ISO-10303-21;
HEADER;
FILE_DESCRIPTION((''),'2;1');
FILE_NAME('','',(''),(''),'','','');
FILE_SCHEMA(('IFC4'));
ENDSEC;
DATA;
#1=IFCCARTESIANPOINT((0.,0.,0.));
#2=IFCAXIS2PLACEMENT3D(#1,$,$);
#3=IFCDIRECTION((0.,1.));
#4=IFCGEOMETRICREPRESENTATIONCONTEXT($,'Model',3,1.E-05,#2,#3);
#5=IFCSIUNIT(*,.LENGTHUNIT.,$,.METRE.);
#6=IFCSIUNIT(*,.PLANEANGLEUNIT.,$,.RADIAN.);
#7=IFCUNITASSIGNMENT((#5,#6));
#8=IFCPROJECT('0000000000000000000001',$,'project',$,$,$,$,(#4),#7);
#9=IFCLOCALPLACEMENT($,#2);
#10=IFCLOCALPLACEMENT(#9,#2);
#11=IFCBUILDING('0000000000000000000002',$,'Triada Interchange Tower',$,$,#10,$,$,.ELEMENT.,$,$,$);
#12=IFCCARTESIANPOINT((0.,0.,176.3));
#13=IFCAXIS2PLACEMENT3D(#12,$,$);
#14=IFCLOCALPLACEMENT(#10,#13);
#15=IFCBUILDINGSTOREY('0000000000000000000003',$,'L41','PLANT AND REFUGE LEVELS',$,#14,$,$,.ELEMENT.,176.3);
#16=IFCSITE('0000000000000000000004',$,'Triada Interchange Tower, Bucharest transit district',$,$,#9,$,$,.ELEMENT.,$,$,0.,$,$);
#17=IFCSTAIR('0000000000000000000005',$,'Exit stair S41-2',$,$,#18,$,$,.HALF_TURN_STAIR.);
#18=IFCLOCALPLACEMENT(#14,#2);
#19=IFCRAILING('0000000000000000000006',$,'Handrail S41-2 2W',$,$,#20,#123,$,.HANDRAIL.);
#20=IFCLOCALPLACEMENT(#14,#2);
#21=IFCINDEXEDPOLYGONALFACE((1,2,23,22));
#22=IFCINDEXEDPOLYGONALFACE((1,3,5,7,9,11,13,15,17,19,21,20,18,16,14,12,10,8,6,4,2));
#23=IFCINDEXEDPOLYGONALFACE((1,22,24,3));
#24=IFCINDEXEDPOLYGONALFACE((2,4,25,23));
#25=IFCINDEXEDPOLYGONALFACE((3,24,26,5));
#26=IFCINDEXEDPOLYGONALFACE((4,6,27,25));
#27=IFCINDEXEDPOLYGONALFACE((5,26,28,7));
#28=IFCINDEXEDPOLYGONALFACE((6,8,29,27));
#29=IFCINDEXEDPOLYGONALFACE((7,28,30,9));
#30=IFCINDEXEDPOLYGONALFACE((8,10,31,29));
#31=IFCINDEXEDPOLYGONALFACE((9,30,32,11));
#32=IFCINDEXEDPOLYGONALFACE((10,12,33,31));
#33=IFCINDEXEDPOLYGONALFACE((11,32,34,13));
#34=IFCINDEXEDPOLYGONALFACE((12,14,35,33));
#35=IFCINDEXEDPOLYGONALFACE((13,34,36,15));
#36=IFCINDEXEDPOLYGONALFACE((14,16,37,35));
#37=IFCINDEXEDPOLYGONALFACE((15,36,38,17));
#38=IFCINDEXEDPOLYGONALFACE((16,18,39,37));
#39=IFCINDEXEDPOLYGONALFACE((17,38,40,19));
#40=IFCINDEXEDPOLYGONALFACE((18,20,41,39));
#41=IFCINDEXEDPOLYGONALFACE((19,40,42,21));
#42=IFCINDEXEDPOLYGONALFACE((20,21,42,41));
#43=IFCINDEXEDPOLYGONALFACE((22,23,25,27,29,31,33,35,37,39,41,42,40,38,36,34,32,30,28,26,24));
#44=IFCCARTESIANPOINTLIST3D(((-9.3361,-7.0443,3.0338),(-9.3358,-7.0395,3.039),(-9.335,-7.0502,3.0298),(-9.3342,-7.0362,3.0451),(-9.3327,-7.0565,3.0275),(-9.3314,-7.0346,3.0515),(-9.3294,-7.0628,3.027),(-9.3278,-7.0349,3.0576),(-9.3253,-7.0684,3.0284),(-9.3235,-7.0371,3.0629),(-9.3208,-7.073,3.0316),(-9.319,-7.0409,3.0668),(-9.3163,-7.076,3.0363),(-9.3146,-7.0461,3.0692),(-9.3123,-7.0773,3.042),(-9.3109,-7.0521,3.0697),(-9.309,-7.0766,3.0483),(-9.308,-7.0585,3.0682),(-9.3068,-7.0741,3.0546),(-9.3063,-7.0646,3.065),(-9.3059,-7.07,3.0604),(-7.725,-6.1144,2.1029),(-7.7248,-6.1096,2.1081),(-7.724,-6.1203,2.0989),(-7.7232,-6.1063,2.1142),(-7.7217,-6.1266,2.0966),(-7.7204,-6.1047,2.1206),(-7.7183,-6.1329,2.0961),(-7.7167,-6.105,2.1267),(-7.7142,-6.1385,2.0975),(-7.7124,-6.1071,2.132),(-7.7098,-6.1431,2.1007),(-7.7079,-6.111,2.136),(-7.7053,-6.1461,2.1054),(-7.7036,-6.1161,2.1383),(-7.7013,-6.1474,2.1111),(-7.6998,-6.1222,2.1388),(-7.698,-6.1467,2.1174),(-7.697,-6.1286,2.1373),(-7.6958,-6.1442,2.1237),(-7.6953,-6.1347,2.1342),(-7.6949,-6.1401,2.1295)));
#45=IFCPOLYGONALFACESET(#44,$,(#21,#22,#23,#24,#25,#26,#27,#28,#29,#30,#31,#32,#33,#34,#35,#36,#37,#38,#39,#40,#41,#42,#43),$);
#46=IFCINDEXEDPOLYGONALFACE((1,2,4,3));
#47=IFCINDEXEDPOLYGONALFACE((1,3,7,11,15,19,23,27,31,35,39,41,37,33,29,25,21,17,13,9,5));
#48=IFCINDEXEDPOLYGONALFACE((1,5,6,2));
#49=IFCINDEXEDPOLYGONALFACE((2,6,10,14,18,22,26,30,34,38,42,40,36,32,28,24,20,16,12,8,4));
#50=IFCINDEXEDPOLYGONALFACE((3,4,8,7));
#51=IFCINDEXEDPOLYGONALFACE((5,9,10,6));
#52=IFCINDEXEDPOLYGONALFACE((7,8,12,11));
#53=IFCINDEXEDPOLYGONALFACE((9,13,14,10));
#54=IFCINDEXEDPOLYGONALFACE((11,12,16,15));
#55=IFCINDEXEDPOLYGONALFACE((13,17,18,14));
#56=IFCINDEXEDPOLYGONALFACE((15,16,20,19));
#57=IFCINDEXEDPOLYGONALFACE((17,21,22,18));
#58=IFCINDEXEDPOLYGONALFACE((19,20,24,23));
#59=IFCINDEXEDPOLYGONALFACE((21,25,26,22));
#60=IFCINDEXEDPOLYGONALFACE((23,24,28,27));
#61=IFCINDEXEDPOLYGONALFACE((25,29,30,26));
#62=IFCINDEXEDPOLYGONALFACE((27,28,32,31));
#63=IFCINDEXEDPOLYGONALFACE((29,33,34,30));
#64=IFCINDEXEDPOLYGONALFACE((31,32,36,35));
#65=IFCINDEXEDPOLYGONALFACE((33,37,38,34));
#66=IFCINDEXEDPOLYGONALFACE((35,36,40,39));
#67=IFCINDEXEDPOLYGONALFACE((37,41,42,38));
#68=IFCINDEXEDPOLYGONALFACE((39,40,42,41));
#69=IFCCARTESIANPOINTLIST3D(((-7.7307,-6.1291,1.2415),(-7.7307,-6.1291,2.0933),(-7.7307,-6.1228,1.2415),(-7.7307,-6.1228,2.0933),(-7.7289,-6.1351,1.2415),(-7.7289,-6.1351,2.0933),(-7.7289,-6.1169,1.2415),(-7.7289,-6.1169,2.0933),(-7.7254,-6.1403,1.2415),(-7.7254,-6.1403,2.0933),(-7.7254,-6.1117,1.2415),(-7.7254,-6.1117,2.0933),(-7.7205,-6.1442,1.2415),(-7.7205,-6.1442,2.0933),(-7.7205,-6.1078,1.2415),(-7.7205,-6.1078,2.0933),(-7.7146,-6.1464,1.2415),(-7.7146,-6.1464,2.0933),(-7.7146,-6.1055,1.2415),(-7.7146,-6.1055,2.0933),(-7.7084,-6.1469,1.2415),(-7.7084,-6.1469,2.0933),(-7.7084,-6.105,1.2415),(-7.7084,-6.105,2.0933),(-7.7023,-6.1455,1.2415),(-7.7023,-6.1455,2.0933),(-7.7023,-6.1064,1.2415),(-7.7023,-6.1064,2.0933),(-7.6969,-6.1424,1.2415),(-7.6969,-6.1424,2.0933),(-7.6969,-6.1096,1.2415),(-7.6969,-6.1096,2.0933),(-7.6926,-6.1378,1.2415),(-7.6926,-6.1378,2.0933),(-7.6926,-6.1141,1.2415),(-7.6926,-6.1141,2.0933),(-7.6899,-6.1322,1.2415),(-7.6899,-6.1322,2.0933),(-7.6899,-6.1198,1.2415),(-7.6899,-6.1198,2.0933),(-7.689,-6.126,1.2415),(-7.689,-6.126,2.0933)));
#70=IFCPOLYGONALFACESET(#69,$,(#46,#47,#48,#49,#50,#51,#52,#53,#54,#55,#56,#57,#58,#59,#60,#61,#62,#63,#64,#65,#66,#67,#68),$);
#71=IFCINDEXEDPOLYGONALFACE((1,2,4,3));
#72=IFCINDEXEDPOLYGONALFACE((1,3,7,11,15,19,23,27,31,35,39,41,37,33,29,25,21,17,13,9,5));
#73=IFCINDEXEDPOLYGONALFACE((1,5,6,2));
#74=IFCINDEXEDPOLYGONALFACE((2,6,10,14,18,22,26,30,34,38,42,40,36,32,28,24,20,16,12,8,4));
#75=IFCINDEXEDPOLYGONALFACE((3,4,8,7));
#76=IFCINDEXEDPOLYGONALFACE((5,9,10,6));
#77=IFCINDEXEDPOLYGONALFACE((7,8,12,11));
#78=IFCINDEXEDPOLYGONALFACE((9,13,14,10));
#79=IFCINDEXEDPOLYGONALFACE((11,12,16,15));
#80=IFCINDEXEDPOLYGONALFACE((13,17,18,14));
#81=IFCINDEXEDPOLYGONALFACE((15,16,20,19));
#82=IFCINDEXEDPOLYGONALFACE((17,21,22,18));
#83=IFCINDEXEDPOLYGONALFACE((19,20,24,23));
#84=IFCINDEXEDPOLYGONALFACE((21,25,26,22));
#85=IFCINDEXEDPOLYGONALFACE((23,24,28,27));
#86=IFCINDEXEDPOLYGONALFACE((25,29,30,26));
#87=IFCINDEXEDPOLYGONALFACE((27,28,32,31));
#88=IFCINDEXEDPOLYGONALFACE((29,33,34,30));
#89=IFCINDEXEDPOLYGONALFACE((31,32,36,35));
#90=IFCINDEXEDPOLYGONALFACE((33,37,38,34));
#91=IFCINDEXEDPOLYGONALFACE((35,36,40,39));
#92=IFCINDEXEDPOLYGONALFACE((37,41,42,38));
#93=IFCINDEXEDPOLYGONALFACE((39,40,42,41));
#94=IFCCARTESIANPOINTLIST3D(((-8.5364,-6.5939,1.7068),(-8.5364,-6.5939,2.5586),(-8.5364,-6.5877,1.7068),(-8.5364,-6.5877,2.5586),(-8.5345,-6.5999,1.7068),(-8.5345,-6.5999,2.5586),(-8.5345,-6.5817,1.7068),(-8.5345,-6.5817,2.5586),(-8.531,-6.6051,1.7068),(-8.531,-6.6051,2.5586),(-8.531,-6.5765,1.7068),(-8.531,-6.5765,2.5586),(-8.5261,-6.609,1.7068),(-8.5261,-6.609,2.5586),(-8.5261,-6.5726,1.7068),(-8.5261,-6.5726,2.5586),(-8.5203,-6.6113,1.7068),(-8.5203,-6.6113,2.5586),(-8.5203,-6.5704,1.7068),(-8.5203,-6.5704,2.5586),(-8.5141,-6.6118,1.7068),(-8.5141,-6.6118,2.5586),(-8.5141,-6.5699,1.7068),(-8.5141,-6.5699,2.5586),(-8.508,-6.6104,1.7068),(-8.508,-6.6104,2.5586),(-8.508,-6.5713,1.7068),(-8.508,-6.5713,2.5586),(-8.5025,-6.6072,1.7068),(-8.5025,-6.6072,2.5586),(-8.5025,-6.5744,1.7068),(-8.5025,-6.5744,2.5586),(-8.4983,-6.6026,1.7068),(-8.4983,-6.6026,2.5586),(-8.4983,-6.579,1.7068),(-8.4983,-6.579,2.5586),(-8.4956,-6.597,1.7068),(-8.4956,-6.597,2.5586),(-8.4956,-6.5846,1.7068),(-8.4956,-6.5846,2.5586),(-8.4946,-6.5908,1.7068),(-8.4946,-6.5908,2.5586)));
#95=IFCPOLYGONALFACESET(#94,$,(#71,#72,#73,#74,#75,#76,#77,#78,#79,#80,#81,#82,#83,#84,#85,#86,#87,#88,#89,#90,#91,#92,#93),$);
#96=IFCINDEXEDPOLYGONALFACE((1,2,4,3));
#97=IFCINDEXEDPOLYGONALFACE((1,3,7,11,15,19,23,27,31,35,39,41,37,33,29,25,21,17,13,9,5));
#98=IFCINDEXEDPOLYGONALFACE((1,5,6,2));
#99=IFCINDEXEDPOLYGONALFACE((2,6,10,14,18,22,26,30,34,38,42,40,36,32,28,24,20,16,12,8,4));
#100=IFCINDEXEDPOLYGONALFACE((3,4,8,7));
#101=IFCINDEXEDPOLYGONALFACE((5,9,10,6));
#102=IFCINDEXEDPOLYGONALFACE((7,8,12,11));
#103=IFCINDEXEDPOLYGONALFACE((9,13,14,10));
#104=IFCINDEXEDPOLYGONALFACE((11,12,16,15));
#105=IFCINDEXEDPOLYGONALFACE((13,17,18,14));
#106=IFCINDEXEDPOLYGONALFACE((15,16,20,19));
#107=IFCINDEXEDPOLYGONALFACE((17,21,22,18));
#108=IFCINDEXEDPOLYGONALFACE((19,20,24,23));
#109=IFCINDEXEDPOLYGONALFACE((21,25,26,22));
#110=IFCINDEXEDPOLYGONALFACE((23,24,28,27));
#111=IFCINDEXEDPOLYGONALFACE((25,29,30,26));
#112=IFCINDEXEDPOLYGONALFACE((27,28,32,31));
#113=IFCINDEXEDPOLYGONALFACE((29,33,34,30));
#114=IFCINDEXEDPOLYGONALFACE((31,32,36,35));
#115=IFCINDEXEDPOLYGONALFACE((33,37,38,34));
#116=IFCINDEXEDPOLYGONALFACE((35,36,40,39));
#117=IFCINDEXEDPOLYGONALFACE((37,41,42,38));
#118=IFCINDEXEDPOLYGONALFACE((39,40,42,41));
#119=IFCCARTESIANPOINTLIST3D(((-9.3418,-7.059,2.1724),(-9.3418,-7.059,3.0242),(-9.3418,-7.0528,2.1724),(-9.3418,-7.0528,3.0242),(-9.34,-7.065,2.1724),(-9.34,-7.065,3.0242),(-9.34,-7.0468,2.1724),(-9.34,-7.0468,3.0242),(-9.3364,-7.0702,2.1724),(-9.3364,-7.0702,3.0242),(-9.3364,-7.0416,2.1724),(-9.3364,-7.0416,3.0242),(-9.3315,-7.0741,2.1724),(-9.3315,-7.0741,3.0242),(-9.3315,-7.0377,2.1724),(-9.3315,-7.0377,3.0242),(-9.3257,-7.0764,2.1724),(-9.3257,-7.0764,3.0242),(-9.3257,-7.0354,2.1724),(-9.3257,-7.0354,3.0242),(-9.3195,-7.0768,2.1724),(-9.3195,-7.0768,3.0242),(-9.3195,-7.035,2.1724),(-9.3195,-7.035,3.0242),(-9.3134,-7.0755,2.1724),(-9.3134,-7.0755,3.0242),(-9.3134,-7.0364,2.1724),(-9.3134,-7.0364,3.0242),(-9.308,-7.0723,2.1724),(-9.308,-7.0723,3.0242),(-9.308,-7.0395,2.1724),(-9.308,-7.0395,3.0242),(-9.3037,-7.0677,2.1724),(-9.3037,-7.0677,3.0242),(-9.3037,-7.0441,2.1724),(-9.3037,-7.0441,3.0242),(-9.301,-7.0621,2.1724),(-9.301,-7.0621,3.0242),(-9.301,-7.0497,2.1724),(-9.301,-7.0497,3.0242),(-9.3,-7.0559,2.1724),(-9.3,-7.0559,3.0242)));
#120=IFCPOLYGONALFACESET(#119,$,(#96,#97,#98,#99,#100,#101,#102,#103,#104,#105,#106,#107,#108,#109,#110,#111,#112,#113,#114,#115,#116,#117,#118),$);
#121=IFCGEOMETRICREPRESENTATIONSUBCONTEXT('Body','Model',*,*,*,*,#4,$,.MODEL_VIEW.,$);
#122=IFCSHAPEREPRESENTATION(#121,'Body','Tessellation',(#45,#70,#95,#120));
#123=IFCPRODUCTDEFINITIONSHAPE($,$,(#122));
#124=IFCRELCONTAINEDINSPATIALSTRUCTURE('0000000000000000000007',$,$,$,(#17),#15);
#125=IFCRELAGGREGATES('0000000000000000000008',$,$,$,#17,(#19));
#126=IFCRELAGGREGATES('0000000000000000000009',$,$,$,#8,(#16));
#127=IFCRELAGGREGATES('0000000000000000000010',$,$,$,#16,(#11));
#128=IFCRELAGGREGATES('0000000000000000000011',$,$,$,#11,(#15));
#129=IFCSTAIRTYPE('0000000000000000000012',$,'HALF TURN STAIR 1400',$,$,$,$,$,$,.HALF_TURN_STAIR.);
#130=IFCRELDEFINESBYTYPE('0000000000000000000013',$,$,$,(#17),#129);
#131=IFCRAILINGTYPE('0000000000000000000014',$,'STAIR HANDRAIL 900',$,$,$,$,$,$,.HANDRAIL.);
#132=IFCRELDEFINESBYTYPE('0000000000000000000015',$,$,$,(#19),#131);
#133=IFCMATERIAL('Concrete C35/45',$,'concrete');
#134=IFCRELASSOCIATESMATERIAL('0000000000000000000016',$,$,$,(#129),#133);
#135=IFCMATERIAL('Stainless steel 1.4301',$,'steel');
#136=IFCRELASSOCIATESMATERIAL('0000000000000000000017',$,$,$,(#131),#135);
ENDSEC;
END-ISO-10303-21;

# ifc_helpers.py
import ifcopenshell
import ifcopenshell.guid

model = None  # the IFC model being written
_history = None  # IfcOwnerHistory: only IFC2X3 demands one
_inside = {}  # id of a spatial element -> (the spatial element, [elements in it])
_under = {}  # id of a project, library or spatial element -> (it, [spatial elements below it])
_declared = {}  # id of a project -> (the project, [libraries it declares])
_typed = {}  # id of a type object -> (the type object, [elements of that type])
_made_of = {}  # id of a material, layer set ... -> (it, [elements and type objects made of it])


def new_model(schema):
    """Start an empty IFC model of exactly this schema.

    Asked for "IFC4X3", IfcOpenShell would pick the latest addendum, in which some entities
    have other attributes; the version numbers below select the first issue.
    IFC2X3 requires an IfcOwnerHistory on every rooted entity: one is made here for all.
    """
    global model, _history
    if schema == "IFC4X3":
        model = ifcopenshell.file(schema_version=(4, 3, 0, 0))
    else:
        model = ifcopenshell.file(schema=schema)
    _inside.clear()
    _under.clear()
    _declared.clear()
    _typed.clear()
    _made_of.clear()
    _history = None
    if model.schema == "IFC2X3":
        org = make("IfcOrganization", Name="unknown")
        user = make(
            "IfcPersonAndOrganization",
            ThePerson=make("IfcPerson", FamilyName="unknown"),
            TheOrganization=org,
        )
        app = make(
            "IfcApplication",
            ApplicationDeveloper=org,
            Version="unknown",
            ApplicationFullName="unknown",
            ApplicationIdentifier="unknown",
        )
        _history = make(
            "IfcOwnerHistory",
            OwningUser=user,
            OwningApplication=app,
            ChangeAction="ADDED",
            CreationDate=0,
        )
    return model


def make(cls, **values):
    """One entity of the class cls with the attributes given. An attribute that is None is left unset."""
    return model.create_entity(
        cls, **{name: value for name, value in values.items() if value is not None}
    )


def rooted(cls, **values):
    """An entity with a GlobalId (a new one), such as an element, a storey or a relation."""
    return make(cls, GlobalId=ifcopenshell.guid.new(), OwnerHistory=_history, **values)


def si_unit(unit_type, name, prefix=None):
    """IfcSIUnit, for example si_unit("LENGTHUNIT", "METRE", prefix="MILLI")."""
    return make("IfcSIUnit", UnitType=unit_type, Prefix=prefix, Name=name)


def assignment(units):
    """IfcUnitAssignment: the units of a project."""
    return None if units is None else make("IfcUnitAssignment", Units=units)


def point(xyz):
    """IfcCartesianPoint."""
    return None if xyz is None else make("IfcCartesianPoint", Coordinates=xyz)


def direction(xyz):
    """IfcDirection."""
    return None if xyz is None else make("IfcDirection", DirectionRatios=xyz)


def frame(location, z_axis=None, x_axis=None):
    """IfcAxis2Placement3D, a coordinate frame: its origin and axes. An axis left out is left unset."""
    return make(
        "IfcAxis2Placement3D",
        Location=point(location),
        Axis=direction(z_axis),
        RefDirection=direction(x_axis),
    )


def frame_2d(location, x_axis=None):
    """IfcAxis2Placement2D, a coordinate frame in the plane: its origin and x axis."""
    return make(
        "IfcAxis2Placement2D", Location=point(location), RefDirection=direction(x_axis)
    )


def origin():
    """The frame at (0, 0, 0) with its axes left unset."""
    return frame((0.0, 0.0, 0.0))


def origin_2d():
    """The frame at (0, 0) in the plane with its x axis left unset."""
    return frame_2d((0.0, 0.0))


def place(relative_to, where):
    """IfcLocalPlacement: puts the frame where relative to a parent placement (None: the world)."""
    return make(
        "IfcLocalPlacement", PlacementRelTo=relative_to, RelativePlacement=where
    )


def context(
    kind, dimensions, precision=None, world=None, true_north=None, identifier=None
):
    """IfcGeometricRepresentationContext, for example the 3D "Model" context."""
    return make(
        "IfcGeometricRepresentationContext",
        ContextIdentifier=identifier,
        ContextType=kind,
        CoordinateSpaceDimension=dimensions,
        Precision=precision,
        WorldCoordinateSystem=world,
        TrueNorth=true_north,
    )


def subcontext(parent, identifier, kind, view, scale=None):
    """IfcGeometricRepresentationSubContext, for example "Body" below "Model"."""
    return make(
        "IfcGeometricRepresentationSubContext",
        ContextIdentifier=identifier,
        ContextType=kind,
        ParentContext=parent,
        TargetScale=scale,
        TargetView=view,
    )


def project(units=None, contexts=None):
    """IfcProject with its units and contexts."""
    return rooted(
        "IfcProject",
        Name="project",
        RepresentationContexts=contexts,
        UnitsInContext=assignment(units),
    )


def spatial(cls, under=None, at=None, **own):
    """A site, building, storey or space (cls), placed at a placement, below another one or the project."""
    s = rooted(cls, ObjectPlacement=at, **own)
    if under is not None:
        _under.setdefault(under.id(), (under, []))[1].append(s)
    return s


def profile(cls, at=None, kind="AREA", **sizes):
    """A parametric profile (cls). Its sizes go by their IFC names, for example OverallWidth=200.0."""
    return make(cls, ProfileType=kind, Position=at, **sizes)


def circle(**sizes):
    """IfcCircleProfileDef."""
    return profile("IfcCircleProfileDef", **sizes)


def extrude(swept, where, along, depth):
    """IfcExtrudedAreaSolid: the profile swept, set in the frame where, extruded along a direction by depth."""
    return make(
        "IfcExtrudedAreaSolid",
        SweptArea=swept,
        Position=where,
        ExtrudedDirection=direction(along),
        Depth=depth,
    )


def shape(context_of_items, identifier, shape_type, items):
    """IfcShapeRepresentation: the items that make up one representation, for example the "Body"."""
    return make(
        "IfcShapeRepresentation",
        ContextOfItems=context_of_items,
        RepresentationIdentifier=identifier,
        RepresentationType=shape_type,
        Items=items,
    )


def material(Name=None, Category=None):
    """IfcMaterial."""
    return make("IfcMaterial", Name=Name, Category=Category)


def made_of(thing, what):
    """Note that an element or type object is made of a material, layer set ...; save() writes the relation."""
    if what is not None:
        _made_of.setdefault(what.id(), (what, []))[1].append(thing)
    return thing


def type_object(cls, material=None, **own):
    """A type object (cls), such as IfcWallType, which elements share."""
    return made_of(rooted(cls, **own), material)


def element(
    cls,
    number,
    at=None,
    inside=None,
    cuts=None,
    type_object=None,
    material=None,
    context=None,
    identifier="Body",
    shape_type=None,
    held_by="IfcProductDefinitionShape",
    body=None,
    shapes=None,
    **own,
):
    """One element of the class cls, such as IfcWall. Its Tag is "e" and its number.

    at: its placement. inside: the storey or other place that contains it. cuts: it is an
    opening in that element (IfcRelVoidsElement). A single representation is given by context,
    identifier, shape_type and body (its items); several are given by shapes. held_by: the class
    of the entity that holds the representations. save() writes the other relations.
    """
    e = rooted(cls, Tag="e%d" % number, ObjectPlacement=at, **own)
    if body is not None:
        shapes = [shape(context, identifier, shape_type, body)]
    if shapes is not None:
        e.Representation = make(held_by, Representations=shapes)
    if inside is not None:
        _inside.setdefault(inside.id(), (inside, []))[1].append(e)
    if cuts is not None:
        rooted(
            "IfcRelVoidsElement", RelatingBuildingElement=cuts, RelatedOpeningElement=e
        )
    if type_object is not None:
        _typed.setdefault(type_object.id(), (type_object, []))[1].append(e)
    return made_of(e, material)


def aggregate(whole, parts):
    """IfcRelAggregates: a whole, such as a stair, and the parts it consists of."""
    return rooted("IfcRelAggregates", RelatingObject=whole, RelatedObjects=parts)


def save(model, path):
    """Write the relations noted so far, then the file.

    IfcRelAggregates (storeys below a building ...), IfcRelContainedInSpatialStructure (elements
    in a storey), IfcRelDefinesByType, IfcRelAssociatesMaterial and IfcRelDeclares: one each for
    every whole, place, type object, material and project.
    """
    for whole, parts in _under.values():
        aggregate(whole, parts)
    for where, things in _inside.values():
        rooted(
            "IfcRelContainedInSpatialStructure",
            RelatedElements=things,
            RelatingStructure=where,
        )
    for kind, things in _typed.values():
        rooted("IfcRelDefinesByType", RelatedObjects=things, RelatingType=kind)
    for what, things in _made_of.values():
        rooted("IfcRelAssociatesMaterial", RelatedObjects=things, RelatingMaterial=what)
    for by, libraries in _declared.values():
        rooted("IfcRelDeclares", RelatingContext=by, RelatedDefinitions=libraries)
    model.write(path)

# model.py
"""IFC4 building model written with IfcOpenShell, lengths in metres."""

from ifc_helpers import new_model, si_unit, direction, frame, origin, origin_2d, place, context, subcontext, project, spatial, circle, extrude, material, type_object, element, aggregate, save


model = new_model("IFC4")

# Units and contexts
model_context = context("Model", 3, precision=1e-05, world=origin(), true_north=direction((0.0, 1.0)))
body_context = subcontext(model_context, "Body", "Model", "MODEL_VIEW")
ifc_project = project(units=[si_unit("LENGTHUNIT", "METRE"), si_unit("PLANEANGLEUNIT", "RADIAN")], contexts=[model_context])

# Site, building, storey
site_placement = place(None, origin())
site = spatial("IfcSite", under=ifc_project, at=site_placement, Name="Triada Interchange Tower, Bucharest transit district", CompositionType="ELEMENT", RefElevation=0.0)
building_placement = place(site_placement, origin())
building = spatial("IfcBuilding", under=site, at=building_placement, Name="Triada Interchange Tower", CompositionType="ELEMENT")
storey_placement = place(building_placement, frame((0.0, 0.0, 176.3)))
storey = spatial("IfcBuildingStorey", under=building, at=storey_placement, Name="L41", Description="PLANT AND REFUGE LEVELS", CompositionType="ELEMENT", Elevation=176.3)

# Shared definitions
ifc_material_1 = material(Name="Concrete C35/45", Category="concrete")

# Stair, railing
stair_type = type_object("IfcStairType", Name="HALF TURN STAIR 1400", PredefinedType="HALF_TURN_STAIR", material=ifc_material_1)
stair_placement = place(storey_placement, origin())
stair = element("IfcStair", 1, at=stair_placement, inside=storey, type_object=stair_type, Name="Exit stair S41-2", PredefinedType="HALF_TURN_STAIR")
ifc_material_2 = material(Name="Stainless steel 1.4301", Category="steel")
railing_type_1 = type_object("IfcRailingType", Name="STAIR HANDRAIL 900", PredefinedType="HANDRAIL", material=ifc_material_2)
railing_1_placement = place(storey_placement, frame((-7.71, -6.126, 1.2415)))
railing_1 = element("IfcRailing", 2, at=railing_1_placement, type_object=railing_type_1, Name="Handrail S41-2 2W", PredefinedType="HANDRAIL", context=body_context, shape_type="SweptSolid", body=[
    extrude(circle(Radius=0.0239, at=origin_2d()), frame((0.0, 0.0, 0.876), z_axis=(-0.77451, -0.447054, 0.447523), x_axis=(0.499908, -0.866079, 0.0)), (0.0, 0.0, 1.0), 2.0801),
    extrude(circle(Radius=0.021, at=origin_2d()), origin(), (0.0, 0.0, 1.0), 0.8518),
    extrude(circle(Radius=0.021, at=origin_2d()), frame((-0.8057, -0.4648, 0.4653)), (0.0, 0.0, 1.0), 0.8518),
    extrude(circle(Radius=0.021, at=origin_2d()), frame((-1.6111, -0.9299, 0.9309)), (0.0, 0.0, 1.0), 0.8518),
])
aggregate(stair, [railing_1])

save(model, "model.ifc")
